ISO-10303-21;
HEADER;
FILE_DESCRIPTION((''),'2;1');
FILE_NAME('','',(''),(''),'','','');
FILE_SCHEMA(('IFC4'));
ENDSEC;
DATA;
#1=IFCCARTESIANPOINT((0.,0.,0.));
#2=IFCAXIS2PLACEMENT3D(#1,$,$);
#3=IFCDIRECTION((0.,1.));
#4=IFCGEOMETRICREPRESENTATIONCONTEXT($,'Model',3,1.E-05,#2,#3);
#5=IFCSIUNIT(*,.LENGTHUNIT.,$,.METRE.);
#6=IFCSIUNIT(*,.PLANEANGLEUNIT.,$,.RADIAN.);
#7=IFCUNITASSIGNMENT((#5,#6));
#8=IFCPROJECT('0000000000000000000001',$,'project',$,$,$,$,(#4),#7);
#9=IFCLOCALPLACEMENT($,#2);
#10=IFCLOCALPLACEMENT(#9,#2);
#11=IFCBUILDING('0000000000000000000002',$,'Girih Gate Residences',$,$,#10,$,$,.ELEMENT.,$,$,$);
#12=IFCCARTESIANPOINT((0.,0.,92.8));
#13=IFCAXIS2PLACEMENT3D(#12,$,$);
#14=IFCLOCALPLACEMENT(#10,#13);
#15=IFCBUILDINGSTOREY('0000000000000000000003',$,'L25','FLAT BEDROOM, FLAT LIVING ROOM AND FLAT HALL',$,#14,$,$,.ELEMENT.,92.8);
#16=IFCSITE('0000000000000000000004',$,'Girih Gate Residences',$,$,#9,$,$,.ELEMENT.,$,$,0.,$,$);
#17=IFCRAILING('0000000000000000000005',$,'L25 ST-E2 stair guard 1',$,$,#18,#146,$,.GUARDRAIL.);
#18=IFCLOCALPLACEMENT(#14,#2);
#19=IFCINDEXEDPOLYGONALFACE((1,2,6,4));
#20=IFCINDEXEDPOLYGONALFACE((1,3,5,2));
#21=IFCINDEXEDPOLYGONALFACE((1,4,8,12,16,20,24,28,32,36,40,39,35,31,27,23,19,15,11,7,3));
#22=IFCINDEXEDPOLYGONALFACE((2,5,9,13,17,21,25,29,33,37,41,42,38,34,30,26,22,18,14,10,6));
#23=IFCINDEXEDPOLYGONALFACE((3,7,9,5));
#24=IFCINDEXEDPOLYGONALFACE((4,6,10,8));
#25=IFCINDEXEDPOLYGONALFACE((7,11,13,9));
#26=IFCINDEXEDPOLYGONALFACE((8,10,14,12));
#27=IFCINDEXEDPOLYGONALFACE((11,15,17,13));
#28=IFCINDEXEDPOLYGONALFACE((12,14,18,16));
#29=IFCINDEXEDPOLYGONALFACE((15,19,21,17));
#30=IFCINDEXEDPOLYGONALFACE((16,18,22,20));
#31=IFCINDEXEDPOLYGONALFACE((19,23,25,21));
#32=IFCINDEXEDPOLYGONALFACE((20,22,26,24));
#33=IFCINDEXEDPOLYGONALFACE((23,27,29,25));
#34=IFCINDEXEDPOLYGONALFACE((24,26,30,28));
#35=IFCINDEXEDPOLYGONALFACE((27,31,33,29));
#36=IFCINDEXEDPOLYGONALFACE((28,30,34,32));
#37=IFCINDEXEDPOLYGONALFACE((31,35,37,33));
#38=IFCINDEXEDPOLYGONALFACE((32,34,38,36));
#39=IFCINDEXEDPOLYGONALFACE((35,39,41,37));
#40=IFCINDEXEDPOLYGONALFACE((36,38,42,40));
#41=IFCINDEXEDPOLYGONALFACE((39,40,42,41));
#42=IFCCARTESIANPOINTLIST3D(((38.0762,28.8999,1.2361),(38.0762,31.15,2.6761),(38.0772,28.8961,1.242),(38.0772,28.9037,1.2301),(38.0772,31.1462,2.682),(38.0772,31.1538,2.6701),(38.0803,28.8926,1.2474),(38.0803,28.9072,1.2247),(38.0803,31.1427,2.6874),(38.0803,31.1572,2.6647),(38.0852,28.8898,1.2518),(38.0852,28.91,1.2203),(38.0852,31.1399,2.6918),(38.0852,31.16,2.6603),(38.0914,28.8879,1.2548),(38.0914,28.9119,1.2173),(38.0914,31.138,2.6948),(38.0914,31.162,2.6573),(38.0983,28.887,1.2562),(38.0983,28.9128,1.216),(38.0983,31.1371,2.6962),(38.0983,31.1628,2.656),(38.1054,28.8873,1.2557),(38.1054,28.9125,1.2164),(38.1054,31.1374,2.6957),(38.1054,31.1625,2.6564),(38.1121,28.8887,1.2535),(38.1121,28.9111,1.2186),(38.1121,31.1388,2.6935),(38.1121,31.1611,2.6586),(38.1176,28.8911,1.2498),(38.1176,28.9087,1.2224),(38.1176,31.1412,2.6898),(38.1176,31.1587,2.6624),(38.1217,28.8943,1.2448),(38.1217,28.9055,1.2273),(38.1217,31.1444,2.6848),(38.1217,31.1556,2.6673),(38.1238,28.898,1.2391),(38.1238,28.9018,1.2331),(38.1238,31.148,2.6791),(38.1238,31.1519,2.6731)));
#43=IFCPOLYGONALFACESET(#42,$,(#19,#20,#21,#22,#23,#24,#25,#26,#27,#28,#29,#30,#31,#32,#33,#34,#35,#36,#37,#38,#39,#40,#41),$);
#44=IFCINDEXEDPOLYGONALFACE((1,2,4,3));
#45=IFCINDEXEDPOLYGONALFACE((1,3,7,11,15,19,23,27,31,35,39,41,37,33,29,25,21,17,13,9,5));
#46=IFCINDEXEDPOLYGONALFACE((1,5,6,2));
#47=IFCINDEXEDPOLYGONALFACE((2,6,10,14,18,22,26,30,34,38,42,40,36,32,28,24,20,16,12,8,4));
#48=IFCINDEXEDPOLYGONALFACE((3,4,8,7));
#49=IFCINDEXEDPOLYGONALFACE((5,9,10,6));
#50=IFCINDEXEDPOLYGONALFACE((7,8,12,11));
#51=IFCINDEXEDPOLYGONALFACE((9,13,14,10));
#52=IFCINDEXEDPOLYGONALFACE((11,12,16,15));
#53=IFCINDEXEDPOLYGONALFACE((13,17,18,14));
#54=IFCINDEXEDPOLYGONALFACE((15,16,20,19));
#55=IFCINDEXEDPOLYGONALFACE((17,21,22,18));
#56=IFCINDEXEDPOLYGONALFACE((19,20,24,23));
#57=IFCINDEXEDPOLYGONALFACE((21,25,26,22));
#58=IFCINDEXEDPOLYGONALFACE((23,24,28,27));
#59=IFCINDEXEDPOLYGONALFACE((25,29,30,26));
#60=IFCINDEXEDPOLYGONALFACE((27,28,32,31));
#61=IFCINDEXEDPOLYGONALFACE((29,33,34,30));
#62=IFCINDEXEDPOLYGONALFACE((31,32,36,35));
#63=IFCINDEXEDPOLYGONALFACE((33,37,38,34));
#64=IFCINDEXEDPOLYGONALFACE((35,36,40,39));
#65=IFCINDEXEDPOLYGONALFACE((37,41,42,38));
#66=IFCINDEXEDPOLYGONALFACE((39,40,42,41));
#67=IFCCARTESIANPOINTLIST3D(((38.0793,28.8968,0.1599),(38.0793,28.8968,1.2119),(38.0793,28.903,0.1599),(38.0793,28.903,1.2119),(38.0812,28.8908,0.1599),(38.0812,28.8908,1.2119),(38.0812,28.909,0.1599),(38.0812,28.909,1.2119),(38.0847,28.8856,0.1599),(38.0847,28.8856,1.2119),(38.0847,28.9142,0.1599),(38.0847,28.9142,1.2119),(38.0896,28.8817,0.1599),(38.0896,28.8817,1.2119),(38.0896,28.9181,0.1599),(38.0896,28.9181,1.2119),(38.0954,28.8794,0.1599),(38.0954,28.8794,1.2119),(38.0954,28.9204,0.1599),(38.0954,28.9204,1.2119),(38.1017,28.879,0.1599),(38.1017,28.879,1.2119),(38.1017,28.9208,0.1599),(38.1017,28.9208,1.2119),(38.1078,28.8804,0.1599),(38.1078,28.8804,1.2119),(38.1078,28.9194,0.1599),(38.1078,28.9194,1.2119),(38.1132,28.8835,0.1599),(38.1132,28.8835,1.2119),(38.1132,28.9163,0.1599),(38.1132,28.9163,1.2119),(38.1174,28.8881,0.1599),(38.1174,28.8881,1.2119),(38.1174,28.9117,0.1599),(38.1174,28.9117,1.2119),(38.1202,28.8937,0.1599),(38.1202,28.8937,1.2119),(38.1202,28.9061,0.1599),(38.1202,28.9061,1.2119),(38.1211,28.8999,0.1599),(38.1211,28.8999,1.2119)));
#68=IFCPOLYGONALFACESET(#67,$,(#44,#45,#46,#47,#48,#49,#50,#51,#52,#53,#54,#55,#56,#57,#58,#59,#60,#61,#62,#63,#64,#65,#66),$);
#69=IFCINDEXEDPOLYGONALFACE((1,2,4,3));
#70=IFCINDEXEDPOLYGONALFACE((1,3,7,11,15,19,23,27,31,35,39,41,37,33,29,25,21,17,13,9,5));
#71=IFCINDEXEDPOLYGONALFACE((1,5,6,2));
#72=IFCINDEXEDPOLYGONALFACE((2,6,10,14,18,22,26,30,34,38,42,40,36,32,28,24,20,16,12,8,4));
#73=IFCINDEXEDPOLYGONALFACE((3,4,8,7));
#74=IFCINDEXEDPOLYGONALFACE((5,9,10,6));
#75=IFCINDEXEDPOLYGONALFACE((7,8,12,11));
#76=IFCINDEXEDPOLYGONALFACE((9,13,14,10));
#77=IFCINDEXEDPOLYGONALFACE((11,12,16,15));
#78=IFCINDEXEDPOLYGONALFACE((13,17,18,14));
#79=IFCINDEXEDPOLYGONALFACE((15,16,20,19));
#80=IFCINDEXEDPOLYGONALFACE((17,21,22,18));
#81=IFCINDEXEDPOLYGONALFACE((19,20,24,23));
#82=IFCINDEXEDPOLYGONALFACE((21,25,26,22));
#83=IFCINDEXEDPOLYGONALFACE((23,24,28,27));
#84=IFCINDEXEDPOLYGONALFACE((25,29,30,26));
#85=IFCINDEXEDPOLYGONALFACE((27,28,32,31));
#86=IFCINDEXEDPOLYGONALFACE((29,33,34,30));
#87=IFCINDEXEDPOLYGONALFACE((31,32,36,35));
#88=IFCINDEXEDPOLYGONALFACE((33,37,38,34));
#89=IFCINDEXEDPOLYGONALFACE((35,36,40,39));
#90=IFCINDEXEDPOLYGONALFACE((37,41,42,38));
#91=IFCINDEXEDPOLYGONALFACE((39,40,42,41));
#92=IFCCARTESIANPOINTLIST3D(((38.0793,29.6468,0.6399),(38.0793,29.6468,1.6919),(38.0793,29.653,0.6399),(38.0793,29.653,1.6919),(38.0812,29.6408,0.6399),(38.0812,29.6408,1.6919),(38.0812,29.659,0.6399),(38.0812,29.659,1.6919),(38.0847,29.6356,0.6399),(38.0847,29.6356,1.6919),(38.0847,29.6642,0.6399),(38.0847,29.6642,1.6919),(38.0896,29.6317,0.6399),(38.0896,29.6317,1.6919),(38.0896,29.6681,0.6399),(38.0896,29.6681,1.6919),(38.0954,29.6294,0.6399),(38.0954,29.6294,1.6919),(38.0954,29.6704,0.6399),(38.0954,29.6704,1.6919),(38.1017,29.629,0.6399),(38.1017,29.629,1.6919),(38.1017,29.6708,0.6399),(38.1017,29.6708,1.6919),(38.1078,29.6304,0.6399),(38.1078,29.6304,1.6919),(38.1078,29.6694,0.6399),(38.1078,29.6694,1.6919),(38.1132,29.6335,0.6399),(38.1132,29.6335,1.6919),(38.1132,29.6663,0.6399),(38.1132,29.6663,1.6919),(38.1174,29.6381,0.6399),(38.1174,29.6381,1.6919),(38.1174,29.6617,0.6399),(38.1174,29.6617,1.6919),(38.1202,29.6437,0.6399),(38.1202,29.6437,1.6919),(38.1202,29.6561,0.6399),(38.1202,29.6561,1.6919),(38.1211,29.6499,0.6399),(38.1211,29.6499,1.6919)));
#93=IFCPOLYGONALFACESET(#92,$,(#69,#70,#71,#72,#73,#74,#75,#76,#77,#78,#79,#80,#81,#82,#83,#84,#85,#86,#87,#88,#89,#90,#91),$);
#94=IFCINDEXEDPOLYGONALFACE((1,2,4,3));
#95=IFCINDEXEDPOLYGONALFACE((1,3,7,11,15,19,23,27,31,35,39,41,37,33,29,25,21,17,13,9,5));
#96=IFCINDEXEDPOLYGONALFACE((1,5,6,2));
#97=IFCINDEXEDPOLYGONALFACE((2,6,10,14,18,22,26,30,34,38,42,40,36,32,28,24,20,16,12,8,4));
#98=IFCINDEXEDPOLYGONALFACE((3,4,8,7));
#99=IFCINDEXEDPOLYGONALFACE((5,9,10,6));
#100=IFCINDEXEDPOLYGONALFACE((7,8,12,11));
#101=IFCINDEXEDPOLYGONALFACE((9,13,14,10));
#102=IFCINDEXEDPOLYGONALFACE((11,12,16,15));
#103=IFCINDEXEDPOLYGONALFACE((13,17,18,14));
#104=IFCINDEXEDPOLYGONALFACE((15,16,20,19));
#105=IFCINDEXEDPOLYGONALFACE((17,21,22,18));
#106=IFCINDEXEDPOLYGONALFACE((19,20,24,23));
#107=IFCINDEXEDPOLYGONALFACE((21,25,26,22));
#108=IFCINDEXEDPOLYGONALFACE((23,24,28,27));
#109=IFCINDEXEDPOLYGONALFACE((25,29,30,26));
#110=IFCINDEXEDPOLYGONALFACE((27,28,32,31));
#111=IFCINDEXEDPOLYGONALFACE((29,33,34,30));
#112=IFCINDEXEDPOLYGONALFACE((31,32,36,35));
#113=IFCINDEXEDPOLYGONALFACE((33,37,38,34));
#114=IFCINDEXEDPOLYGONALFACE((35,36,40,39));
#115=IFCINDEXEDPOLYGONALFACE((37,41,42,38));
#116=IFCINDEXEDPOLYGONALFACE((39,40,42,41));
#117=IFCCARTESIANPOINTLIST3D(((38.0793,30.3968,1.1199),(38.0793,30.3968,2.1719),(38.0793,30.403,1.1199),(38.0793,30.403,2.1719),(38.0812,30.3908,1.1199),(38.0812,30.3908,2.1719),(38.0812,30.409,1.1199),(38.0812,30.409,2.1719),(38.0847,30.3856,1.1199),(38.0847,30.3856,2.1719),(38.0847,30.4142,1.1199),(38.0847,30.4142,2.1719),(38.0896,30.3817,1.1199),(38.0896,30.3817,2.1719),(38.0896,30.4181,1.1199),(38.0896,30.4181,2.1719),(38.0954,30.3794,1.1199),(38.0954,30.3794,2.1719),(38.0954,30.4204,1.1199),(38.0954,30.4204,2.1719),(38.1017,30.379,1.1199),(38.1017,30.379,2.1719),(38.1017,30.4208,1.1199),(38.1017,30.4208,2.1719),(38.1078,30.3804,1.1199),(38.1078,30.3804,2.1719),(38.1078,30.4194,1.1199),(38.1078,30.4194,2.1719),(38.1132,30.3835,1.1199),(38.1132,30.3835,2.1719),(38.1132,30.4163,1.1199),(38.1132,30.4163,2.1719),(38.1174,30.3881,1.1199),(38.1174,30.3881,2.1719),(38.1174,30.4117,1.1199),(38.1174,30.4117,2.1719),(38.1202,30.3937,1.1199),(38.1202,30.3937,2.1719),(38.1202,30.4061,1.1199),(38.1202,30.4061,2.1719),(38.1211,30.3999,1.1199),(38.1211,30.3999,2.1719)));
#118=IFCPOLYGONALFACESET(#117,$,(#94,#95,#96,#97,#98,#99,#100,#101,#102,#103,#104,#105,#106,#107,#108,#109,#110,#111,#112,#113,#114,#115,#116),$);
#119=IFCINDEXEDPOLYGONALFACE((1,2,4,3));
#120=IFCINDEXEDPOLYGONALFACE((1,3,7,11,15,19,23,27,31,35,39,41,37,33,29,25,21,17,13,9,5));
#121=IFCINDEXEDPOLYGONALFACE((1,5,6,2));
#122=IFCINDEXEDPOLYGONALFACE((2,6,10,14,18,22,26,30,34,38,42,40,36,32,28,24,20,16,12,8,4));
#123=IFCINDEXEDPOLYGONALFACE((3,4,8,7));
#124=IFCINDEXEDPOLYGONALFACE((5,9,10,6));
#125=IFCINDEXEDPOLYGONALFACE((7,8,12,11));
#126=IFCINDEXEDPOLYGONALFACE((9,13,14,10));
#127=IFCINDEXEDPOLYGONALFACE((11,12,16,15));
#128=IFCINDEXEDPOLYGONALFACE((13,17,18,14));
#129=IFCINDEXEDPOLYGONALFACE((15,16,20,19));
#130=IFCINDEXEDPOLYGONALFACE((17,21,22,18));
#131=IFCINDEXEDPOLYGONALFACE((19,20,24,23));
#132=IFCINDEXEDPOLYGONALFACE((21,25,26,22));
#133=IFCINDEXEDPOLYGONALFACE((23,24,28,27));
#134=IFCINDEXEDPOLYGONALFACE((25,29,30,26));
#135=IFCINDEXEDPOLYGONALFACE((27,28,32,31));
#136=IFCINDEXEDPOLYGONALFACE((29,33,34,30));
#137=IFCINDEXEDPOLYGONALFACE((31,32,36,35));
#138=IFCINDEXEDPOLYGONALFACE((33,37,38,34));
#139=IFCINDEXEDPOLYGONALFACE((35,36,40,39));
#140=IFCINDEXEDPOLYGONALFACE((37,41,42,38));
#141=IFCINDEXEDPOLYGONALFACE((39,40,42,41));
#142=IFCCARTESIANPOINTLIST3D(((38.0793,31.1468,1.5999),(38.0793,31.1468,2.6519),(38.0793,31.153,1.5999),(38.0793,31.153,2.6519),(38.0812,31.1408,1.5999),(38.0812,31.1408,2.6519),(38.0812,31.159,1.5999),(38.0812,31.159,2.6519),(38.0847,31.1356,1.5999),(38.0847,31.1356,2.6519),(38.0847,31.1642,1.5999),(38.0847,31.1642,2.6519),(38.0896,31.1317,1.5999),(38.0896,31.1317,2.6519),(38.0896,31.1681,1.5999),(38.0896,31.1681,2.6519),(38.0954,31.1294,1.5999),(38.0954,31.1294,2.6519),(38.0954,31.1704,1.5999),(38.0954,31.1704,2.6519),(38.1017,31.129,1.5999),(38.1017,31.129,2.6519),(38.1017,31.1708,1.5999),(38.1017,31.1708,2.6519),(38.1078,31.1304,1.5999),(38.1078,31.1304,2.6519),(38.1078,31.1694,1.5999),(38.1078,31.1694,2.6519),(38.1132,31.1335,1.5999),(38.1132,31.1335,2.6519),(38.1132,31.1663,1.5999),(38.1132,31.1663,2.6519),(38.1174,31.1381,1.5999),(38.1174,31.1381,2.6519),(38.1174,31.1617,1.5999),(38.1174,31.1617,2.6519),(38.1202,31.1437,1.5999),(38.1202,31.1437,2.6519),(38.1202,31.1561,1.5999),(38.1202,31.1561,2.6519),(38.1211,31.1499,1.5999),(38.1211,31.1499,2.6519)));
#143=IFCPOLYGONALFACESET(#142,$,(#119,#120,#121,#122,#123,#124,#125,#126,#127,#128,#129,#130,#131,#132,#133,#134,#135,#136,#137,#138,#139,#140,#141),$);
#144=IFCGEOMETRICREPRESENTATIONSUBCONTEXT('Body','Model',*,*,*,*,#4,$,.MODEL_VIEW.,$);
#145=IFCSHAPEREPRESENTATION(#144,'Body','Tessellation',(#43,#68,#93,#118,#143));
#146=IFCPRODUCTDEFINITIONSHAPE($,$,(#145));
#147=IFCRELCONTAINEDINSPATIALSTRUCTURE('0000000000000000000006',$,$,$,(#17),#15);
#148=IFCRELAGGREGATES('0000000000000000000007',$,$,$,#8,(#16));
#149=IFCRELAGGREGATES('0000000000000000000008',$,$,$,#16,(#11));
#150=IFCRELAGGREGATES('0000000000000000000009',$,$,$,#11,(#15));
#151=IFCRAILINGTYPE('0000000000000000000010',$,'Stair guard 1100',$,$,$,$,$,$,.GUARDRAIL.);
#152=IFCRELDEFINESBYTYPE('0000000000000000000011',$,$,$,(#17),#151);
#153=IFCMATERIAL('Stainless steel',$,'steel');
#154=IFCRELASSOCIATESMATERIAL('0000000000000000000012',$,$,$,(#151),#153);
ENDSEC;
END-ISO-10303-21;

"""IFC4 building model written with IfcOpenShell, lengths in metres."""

from ifc_helpers import new_model, si_unit, direction, frame, origin, origin_2d, place, context, subcontext, project, spatial, circle, extrude, material, type_object, element, save


model = new_model("IFC4")

# Units and contexts
model_context = context("Model", 3, precision=1e-05, world=origin(), true_north=direction((0.0, 1.0)))
body_context = subcontext(model_context, "Body", "Model", "MODEL_VIEW")
ifc_project = project(units=[si_unit("LENGTHUNIT", "METRE"), si_unit("PLANEANGLEUNIT", "RADIAN")], contexts=[model_context])

# Site, building, storey
site_placement = place(None, origin())
site = spatial("IfcSite", under=ifc_project, at=site_placement, Name="Girih Gate Residences", CompositionType="ELEMENT", RefElevation=0.0)
building_placement = place(site_placement, origin())
building = spatial("IfcBuilding", under=site, at=building_placement, Name="Girih Gate Residences", CompositionType="ELEMENT")
storey_placement = place(building_placement, frame((0.0, 0.0, 92.8)))
storey = spatial("IfcBuildingStorey", under=building, at=storey_placement, Name="L25", Description="FLAT BEDROOM, FLAT LIVING ROOM AND FLAT HALL", CompositionType="ELEMENT", Elevation=92.8)

# Shared definitions
ifc_material_1 = material(Name="Stainless steel", Category="steel")

# Railing
railing_type_1 = type_object("IfcRailingType", Name="Stair guard 1100", PredefinedType="GUARDRAIL", material=ifc_material_1)
railing_1_placement = place(storey_placement, frame((38.1001, 28.8999, 0.1599)))
element("IfcRailing", 1, at=railing_1_placement, inside=storey, type_object=railing_type_1, Name="L25 ST-E2 stair guard 1", PredefinedType="GUARDRAIL", context=body_context, shape_type="SweptSolid", body=[
    extrude(circle(Radius=0.0239, at=origin_2d()), frame((0.0, 0.0, 1.0762), z_axis=(0.0, 0.842281, 0.539038), x_axis=(-1.0, 0.0, 0.0)), (0.0, 0.0, 1.0), 2.6714),
    extrude(circle(Radius=0.021, at=origin_2d()), origin(), (0.0, 0.0, 1.0), 1.052),
    extrude(circle(Radius=0.021, at=origin_2d()), frame((0.0, 0.75, 0.48)), (0.0, 0.0, 1.0), 1.052),
    extrude(circle(Radius=0.021, at=origin_2d()), frame((0.0, 1.5, 0.96)), (0.0, 0.0, 1.0), 1.052),
    extrude(circle(Radius=0.021, at=origin_2d()), frame((0.0, 2.25, 1.4399)), (0.0, 0.0, 1.0), 1.052),
])

save(model, "model.ifc")
